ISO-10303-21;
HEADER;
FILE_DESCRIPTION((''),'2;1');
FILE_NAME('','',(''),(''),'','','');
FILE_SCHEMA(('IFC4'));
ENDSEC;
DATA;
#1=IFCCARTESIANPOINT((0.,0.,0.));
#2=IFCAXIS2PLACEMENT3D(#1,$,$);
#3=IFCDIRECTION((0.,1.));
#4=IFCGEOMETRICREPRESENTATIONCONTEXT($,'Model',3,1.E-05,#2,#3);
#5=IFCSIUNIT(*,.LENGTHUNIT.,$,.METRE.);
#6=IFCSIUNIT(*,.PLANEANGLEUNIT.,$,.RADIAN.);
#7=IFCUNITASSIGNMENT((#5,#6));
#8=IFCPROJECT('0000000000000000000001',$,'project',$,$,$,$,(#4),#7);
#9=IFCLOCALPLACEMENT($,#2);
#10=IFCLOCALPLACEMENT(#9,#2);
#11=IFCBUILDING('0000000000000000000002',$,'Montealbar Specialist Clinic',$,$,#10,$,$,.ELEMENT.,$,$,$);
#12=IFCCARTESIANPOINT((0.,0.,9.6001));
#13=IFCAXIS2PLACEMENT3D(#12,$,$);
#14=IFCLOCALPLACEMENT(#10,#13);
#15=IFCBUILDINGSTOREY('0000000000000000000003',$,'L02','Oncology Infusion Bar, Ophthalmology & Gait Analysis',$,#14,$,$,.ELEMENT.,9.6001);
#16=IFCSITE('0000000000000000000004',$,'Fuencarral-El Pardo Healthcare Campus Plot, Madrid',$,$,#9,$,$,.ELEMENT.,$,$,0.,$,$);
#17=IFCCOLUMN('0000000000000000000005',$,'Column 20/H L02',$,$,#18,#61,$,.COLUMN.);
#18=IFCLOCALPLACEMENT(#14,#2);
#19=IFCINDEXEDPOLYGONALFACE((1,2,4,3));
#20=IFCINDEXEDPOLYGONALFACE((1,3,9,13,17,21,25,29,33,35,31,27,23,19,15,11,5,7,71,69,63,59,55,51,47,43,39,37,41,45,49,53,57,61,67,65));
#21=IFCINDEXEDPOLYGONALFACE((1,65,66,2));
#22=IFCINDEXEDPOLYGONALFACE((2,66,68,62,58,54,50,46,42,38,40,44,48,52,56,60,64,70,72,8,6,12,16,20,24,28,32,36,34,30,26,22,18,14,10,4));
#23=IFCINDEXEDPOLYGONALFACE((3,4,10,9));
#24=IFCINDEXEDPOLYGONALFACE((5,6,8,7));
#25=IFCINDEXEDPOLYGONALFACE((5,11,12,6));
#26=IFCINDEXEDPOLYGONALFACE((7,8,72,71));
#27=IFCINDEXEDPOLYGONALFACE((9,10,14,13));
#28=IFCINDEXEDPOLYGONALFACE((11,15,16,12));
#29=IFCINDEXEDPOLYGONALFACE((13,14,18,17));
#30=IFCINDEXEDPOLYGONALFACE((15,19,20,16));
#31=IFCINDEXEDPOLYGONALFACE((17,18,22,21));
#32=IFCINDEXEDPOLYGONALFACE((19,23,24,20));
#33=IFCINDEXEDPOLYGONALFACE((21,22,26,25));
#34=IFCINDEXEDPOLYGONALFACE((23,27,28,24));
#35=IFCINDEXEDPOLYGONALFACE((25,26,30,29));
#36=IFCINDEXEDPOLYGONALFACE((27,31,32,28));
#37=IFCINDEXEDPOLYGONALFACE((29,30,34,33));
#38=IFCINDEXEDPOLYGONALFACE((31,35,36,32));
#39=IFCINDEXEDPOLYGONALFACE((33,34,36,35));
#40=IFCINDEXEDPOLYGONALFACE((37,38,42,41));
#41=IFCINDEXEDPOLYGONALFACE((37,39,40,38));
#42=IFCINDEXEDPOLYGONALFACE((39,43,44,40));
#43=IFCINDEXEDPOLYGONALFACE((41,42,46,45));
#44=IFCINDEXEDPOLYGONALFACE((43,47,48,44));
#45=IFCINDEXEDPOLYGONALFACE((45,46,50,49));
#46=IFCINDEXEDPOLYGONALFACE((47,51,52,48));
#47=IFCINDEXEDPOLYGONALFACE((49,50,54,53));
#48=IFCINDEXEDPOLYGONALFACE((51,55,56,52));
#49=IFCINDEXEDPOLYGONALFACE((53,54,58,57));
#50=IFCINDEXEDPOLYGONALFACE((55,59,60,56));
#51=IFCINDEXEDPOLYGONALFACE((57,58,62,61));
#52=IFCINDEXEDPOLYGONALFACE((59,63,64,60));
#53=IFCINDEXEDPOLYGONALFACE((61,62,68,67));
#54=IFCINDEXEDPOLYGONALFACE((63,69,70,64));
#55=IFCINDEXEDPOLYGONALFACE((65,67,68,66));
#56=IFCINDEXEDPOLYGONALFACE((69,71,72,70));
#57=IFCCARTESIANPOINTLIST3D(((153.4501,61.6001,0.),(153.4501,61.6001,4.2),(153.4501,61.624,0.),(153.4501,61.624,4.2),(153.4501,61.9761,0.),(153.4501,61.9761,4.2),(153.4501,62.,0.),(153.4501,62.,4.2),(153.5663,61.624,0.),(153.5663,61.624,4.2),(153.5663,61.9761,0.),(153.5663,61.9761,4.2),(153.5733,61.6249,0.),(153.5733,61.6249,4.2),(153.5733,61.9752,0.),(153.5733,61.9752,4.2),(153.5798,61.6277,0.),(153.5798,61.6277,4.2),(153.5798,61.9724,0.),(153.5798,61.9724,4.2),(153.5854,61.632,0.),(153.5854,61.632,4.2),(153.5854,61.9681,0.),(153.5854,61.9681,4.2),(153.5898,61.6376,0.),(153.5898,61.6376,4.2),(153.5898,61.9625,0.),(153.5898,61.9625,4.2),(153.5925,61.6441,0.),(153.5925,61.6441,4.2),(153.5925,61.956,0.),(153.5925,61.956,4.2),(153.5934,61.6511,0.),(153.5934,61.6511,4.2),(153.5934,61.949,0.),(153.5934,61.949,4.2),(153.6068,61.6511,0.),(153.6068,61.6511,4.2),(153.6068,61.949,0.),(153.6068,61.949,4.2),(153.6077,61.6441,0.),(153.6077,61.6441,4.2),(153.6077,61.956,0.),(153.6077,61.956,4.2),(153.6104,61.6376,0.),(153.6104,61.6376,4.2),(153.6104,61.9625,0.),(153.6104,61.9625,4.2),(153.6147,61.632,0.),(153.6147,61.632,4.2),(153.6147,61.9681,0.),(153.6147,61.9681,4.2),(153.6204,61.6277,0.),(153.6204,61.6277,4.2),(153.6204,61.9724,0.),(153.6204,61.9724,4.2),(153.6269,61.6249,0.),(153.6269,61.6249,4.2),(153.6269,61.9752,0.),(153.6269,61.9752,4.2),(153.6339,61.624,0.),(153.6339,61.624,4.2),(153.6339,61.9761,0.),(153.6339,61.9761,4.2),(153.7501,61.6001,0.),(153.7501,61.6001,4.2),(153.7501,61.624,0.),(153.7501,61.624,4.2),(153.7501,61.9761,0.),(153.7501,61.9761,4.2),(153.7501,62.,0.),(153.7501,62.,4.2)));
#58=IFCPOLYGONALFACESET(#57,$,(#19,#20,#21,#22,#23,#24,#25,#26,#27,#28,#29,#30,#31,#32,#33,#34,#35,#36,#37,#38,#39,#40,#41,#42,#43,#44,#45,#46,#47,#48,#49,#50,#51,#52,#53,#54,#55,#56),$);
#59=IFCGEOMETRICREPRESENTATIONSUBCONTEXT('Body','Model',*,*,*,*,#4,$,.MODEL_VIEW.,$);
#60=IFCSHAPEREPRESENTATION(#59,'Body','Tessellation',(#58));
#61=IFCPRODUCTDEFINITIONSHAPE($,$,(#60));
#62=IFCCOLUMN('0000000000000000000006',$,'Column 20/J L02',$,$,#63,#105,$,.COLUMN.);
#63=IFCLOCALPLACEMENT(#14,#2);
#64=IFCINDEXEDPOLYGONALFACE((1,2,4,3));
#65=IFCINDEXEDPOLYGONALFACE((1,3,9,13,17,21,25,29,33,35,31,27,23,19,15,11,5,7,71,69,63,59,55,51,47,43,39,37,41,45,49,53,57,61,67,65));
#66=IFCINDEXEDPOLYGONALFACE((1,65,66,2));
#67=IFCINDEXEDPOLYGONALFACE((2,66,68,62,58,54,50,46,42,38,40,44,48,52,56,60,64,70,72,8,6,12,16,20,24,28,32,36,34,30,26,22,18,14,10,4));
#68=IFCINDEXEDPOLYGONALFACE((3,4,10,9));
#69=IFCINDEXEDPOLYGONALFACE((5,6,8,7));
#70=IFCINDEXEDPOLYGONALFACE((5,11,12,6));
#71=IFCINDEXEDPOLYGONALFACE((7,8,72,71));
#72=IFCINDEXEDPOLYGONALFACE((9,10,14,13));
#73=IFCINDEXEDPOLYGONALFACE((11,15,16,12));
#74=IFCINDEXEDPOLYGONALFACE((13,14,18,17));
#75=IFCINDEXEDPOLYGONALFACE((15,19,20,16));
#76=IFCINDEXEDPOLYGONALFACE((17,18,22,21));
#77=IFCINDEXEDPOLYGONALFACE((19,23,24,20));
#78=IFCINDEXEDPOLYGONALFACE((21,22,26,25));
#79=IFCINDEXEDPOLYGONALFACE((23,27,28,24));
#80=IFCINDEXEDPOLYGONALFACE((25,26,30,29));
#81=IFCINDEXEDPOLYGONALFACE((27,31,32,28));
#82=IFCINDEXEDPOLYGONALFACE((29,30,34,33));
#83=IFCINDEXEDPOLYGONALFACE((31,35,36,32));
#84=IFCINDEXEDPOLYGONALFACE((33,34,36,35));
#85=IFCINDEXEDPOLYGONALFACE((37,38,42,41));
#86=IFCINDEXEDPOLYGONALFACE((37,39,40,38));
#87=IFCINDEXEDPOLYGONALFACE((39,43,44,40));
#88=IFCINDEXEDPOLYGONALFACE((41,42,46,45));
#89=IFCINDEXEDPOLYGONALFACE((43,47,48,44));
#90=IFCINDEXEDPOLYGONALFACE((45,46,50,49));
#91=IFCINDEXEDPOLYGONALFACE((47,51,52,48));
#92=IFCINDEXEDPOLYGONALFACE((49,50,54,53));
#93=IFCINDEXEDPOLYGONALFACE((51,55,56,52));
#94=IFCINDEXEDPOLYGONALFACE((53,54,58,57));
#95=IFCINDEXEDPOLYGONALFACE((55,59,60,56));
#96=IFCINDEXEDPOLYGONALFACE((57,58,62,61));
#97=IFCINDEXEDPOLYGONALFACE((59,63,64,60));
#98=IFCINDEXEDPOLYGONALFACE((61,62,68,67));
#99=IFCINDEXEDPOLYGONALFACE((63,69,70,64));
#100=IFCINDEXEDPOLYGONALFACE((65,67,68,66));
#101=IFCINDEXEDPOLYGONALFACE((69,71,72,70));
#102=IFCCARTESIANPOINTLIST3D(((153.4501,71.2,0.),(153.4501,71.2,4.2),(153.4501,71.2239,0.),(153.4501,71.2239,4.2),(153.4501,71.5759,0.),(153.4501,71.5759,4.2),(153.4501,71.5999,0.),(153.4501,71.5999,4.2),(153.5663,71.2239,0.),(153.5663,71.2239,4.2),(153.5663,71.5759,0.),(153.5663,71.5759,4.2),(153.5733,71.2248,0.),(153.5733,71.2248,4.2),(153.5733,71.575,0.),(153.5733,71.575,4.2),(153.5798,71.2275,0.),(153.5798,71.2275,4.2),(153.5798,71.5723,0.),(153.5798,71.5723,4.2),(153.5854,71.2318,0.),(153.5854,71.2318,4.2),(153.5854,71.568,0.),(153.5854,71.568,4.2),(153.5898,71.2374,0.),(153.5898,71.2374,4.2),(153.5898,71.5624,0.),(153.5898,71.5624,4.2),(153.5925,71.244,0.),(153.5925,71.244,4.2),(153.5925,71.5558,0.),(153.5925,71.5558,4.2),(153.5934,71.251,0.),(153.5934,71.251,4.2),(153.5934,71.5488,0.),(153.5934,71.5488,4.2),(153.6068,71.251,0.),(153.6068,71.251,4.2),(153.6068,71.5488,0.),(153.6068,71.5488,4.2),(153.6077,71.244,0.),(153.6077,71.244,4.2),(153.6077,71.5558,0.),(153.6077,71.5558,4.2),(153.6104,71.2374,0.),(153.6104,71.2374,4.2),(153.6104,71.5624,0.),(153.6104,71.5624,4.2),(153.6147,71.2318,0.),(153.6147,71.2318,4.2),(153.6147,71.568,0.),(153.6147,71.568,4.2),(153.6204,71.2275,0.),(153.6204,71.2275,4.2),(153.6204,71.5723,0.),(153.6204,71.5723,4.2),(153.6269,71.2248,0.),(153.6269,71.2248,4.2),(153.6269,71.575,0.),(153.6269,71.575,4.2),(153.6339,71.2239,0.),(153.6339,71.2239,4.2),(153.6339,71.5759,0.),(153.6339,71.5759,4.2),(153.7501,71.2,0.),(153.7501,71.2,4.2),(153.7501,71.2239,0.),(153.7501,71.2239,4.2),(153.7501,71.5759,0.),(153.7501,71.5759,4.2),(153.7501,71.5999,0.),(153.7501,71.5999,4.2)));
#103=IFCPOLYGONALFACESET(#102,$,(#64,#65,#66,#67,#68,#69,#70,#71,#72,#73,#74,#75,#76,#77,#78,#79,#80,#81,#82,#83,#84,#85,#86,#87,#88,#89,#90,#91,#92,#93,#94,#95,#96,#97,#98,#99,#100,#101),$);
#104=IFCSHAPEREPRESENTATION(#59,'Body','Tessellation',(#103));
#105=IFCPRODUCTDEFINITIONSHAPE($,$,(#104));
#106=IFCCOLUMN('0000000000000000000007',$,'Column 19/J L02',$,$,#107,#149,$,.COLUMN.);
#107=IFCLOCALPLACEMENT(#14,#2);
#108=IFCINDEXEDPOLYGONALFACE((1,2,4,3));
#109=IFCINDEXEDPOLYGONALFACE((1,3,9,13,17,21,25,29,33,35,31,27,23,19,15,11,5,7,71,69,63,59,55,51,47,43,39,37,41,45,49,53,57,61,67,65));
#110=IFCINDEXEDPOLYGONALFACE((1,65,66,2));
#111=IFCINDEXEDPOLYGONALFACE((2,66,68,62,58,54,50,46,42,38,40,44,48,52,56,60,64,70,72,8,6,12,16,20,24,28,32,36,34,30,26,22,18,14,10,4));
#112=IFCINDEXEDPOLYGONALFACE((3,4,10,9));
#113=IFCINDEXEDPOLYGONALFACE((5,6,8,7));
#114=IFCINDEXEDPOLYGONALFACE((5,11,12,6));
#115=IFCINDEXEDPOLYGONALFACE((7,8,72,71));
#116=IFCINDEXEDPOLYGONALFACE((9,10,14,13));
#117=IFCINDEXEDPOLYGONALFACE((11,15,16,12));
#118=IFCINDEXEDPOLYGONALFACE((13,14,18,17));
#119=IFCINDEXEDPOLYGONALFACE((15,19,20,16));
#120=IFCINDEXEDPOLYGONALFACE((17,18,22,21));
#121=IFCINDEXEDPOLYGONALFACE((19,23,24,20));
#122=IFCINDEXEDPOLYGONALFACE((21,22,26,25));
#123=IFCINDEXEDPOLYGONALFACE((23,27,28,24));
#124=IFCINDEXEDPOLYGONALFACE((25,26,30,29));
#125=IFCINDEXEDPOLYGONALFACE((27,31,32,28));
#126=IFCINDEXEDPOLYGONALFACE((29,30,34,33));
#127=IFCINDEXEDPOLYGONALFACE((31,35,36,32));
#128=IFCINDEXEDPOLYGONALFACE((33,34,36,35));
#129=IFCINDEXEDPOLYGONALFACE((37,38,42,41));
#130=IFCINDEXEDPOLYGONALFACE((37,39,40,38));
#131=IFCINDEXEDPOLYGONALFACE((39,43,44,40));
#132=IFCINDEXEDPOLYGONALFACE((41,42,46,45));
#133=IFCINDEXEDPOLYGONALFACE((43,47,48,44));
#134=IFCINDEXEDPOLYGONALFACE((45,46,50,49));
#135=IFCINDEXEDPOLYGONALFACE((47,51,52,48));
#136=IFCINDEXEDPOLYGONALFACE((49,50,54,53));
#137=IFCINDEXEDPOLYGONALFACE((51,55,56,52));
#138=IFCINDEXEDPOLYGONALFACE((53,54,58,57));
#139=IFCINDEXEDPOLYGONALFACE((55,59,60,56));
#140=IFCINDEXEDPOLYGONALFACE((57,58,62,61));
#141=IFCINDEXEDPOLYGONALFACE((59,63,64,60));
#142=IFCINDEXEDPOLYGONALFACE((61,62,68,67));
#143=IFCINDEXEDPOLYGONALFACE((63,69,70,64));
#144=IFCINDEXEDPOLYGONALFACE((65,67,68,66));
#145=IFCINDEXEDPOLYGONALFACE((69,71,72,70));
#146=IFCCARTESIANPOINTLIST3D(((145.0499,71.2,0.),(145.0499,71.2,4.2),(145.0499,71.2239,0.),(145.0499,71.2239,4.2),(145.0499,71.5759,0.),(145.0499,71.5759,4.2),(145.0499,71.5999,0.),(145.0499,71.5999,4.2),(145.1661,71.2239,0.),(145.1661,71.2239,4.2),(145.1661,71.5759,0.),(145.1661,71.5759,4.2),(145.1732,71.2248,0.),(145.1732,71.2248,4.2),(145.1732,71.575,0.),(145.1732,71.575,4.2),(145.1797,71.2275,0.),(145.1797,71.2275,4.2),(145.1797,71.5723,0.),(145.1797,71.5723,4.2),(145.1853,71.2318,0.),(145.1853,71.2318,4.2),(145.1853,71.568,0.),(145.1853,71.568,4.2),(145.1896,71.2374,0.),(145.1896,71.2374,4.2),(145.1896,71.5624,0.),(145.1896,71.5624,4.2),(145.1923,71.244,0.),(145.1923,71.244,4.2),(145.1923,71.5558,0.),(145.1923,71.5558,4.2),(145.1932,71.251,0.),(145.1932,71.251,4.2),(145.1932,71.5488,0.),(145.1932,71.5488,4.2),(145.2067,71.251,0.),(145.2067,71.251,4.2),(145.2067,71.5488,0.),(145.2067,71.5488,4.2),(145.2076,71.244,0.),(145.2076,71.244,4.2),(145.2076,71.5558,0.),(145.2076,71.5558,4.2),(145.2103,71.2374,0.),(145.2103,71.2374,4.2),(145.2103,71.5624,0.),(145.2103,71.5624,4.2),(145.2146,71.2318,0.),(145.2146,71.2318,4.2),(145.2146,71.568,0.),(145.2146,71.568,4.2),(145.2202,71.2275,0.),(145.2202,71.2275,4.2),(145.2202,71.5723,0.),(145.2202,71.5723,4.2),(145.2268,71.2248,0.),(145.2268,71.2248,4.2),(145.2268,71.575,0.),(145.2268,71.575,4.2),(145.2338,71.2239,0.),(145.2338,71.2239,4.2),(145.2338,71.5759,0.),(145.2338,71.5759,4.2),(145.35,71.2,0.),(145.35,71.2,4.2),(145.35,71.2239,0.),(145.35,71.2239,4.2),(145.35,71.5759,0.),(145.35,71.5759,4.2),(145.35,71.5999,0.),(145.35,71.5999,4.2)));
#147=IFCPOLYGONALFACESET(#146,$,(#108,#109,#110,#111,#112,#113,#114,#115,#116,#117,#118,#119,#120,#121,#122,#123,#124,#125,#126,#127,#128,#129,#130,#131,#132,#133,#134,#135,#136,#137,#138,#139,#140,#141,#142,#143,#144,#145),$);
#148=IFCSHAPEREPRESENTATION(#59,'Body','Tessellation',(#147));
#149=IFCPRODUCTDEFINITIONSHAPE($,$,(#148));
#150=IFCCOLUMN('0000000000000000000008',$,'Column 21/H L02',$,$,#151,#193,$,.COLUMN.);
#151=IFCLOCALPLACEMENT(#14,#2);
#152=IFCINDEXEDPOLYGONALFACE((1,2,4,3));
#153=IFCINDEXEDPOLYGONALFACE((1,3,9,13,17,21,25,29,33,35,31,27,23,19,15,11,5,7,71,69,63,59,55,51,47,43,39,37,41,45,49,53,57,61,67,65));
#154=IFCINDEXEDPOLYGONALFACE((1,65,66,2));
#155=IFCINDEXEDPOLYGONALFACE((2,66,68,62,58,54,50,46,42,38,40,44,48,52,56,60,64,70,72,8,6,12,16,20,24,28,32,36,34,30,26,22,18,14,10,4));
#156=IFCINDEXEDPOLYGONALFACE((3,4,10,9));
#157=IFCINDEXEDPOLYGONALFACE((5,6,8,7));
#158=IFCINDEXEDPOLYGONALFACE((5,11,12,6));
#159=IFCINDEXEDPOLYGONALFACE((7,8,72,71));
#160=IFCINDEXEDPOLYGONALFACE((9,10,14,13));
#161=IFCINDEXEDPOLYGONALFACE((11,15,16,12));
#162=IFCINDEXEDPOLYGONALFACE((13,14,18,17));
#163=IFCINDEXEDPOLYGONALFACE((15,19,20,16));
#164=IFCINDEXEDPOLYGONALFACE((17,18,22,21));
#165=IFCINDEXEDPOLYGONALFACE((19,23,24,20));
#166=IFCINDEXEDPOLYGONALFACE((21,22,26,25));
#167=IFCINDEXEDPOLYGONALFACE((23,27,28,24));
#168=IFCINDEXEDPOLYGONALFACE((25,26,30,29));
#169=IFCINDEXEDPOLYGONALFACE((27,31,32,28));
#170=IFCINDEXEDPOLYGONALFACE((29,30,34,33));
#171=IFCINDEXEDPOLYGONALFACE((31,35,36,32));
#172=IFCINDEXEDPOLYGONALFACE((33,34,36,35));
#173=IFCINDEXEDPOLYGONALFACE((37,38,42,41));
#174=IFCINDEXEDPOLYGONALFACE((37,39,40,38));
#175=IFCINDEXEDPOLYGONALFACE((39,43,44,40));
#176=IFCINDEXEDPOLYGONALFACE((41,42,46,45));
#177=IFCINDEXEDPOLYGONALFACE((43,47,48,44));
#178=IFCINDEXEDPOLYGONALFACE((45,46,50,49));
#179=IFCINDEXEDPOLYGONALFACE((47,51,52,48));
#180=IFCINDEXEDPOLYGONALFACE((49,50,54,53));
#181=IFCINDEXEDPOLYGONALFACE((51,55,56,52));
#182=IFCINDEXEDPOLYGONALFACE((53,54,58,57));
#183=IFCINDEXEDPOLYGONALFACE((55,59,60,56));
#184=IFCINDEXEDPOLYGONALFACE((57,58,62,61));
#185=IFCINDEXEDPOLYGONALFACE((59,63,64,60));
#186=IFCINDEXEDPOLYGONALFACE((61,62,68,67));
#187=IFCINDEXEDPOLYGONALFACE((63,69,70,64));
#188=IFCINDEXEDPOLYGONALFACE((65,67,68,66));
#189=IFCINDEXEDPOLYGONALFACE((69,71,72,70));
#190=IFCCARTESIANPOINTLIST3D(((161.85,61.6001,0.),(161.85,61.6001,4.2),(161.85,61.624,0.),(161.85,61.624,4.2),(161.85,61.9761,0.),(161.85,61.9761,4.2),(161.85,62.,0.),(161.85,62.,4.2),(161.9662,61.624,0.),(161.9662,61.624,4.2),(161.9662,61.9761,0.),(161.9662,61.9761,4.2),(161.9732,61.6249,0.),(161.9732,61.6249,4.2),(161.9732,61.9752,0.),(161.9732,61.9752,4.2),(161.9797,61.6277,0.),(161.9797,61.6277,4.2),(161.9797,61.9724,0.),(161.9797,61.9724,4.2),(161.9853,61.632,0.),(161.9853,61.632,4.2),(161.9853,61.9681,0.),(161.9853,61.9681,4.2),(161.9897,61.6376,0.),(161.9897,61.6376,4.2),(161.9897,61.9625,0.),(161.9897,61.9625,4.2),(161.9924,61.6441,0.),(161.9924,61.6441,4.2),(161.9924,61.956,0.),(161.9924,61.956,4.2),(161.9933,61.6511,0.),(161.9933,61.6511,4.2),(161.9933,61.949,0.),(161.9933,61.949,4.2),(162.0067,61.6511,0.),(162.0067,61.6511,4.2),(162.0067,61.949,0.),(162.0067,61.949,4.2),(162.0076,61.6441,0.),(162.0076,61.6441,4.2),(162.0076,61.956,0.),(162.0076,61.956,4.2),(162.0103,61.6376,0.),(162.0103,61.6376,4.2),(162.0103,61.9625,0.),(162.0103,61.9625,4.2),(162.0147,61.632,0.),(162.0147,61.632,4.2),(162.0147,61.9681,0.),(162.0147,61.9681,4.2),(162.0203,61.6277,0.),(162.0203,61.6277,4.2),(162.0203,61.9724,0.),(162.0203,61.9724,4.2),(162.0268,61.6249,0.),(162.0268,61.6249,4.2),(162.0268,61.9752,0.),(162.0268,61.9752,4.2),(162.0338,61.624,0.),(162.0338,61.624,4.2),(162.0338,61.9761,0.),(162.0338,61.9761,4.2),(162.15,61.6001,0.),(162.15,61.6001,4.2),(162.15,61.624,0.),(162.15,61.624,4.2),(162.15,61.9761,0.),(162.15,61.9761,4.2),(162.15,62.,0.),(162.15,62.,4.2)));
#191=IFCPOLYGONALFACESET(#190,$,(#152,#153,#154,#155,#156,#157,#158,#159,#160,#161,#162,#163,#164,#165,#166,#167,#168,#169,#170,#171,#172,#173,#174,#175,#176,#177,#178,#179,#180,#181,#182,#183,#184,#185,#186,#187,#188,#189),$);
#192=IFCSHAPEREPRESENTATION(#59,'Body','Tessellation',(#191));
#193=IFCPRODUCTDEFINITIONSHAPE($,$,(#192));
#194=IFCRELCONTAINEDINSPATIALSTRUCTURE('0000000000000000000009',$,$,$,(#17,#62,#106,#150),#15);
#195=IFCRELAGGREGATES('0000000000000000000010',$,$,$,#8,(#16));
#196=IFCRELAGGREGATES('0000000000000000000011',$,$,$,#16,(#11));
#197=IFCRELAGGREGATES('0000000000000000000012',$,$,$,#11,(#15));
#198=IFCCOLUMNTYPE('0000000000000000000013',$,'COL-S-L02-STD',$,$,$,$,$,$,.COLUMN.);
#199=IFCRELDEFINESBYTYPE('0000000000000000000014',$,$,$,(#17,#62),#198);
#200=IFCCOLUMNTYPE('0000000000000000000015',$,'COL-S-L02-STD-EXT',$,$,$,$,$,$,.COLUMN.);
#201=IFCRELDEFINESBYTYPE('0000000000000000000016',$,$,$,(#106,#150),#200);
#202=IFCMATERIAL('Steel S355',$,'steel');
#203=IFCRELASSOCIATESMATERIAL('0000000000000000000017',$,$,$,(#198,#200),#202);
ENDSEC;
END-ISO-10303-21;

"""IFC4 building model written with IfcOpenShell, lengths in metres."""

from ifc_helpers import new_model, si_unit, direction, frame, origin, origin_2d, place, context, subcontext, project, spatial, i_section, extrude, material, material_profile, profile_set, type_object, element, save


model = new_model("IFC4")

# Units and contexts
model_context = context("Model", 3, precision=1e-05, world=origin(), true_north=direction((0.0, 1.0)))
body_context = subcontext(model_context, "Body", "Model", "MODEL_VIEW")
ifc_project = project(units=[si_unit("LENGTHUNIT", "METRE"), si_unit("PLANEANGLEUNIT", "RADIAN")], contexts=[model_context])

# Site, building, storey
site_placement = place(None, origin())
site = spatial("IfcSite", under=ifc_project, at=site_placement, Name="Fuencarral-El Pardo Healthcare Campus Plot, Madrid", CompositionType="ELEMENT", RefElevation=0.0)
building_placement = place(site_placement, origin())
building = spatial("IfcBuilding", under=site, at=building_placement, Name="Montealbar Specialist Clinic", CompositionType="ELEMENT")
storey_placement = place(building_placement, frame((0.0, 0.0, 9.6001)))
storey = spatial("IfcBuildingStorey", under=building, at=storey_placement, Name="L02", Description="Oncology Infusion Bar, Ophthalmology & Gait Analysis", CompositionType="ELEMENT", Elevation=9.6001)

# Columns
ifc_material_1 = material(Name="Steel S355", Category="steel")
ifc_material_profile_1 = material_profile(ifc_material_1, i_section(OverallWidth=0.3, OverallDepth=0.3999, WebThickness=0.0134, FlangeThickness=0.0239, FilletRadius=0.0271, at=origin_2d()), Name="HEB 400", Category="steel")
ifc_profile_set_1 = profile_set([ifc_material_profile_1], Name="Steel S355")
column_type_1 = type_object("IfcColumnType", Name="COL-S-L02-STD", PredefinedType="COLUMN", material=ifc_profile_set_1)
for number, where, z_axis, x_axis, name in (
    (1, (153.6001, 61.8, 0.0), (0.0, 0.0, 1.0), (1.0, 0.0, 0.0), "Column 20/H L02"),
    (2, (153.6001, 71.3999, 0.0), (0.0, 0.0, 1.0), (1.0, 0.0, 0.0), "Column 20/J L02"),
):
    element("IfcColumn", number, at=place(storey_placement, frame(where, z_axis=z_axis, x_axis=x_axis)), inside=storey, type_object=column_type_1, Name=name, PredefinedType="COLUMN", context=body_context, shape_type="SweptSolid", body=[
        extrude(i_section(OverallWidth=0.3, OverallDepth=0.3999, WebThickness=0.0134, FlangeThickness=0.0239, FilletRadius=0.0271, at=origin_2d()), origin(), (0.0, 0.0, 1.0), 4.2),
    ])
ifc_material_profile_2 = material_profile(ifc_material_1, i_section(OverallWidth=0.3, OverallDepth=0.3999, WebThickness=0.0134, FlangeThickness=0.0239, FilletRadius=0.0271, at=origin_2d()), Name="HEB 400", Category="steel")
ifc_profile_set_2 = profile_set([ifc_material_profile_2], Name="Steel S355")
column_type_2 = type_object("IfcColumnType", Name="COL-S-L02-STD-EXT", PredefinedType="COLUMN", material=ifc_profile_set_2)
for number, where, z_axis, x_axis, name in (
    (3, (145.2, 71.3999, 0.0), (0.0, 0.0, 1.0), (1.0, 0.0, 0.0), "Column 19/J L02"),
    (4, (162.0, 61.8, 0.0), (0.0, 0.0, 1.0), (1.0, 0.0, 0.0), "Column 21/H L02"),
):
    element("IfcColumn", number, at=place(storey_placement, frame(where, z_axis=z_axis, x_axis=x_axis)), inside=storey, type_object=column_type_2, Name=name, PredefinedType="COLUMN", context=body_context, shape_type="SweptSolid", body=[
        extrude(i_section(OverallWidth=0.3, OverallDepth=0.3999, WebThickness=0.0134, FlangeThickness=0.0239, FilletRadius=0.0271, at=origin_2d()), origin(), (0.0, 0.0, 1.0), 4.2),
    ])

save(model, "model.ifc")
